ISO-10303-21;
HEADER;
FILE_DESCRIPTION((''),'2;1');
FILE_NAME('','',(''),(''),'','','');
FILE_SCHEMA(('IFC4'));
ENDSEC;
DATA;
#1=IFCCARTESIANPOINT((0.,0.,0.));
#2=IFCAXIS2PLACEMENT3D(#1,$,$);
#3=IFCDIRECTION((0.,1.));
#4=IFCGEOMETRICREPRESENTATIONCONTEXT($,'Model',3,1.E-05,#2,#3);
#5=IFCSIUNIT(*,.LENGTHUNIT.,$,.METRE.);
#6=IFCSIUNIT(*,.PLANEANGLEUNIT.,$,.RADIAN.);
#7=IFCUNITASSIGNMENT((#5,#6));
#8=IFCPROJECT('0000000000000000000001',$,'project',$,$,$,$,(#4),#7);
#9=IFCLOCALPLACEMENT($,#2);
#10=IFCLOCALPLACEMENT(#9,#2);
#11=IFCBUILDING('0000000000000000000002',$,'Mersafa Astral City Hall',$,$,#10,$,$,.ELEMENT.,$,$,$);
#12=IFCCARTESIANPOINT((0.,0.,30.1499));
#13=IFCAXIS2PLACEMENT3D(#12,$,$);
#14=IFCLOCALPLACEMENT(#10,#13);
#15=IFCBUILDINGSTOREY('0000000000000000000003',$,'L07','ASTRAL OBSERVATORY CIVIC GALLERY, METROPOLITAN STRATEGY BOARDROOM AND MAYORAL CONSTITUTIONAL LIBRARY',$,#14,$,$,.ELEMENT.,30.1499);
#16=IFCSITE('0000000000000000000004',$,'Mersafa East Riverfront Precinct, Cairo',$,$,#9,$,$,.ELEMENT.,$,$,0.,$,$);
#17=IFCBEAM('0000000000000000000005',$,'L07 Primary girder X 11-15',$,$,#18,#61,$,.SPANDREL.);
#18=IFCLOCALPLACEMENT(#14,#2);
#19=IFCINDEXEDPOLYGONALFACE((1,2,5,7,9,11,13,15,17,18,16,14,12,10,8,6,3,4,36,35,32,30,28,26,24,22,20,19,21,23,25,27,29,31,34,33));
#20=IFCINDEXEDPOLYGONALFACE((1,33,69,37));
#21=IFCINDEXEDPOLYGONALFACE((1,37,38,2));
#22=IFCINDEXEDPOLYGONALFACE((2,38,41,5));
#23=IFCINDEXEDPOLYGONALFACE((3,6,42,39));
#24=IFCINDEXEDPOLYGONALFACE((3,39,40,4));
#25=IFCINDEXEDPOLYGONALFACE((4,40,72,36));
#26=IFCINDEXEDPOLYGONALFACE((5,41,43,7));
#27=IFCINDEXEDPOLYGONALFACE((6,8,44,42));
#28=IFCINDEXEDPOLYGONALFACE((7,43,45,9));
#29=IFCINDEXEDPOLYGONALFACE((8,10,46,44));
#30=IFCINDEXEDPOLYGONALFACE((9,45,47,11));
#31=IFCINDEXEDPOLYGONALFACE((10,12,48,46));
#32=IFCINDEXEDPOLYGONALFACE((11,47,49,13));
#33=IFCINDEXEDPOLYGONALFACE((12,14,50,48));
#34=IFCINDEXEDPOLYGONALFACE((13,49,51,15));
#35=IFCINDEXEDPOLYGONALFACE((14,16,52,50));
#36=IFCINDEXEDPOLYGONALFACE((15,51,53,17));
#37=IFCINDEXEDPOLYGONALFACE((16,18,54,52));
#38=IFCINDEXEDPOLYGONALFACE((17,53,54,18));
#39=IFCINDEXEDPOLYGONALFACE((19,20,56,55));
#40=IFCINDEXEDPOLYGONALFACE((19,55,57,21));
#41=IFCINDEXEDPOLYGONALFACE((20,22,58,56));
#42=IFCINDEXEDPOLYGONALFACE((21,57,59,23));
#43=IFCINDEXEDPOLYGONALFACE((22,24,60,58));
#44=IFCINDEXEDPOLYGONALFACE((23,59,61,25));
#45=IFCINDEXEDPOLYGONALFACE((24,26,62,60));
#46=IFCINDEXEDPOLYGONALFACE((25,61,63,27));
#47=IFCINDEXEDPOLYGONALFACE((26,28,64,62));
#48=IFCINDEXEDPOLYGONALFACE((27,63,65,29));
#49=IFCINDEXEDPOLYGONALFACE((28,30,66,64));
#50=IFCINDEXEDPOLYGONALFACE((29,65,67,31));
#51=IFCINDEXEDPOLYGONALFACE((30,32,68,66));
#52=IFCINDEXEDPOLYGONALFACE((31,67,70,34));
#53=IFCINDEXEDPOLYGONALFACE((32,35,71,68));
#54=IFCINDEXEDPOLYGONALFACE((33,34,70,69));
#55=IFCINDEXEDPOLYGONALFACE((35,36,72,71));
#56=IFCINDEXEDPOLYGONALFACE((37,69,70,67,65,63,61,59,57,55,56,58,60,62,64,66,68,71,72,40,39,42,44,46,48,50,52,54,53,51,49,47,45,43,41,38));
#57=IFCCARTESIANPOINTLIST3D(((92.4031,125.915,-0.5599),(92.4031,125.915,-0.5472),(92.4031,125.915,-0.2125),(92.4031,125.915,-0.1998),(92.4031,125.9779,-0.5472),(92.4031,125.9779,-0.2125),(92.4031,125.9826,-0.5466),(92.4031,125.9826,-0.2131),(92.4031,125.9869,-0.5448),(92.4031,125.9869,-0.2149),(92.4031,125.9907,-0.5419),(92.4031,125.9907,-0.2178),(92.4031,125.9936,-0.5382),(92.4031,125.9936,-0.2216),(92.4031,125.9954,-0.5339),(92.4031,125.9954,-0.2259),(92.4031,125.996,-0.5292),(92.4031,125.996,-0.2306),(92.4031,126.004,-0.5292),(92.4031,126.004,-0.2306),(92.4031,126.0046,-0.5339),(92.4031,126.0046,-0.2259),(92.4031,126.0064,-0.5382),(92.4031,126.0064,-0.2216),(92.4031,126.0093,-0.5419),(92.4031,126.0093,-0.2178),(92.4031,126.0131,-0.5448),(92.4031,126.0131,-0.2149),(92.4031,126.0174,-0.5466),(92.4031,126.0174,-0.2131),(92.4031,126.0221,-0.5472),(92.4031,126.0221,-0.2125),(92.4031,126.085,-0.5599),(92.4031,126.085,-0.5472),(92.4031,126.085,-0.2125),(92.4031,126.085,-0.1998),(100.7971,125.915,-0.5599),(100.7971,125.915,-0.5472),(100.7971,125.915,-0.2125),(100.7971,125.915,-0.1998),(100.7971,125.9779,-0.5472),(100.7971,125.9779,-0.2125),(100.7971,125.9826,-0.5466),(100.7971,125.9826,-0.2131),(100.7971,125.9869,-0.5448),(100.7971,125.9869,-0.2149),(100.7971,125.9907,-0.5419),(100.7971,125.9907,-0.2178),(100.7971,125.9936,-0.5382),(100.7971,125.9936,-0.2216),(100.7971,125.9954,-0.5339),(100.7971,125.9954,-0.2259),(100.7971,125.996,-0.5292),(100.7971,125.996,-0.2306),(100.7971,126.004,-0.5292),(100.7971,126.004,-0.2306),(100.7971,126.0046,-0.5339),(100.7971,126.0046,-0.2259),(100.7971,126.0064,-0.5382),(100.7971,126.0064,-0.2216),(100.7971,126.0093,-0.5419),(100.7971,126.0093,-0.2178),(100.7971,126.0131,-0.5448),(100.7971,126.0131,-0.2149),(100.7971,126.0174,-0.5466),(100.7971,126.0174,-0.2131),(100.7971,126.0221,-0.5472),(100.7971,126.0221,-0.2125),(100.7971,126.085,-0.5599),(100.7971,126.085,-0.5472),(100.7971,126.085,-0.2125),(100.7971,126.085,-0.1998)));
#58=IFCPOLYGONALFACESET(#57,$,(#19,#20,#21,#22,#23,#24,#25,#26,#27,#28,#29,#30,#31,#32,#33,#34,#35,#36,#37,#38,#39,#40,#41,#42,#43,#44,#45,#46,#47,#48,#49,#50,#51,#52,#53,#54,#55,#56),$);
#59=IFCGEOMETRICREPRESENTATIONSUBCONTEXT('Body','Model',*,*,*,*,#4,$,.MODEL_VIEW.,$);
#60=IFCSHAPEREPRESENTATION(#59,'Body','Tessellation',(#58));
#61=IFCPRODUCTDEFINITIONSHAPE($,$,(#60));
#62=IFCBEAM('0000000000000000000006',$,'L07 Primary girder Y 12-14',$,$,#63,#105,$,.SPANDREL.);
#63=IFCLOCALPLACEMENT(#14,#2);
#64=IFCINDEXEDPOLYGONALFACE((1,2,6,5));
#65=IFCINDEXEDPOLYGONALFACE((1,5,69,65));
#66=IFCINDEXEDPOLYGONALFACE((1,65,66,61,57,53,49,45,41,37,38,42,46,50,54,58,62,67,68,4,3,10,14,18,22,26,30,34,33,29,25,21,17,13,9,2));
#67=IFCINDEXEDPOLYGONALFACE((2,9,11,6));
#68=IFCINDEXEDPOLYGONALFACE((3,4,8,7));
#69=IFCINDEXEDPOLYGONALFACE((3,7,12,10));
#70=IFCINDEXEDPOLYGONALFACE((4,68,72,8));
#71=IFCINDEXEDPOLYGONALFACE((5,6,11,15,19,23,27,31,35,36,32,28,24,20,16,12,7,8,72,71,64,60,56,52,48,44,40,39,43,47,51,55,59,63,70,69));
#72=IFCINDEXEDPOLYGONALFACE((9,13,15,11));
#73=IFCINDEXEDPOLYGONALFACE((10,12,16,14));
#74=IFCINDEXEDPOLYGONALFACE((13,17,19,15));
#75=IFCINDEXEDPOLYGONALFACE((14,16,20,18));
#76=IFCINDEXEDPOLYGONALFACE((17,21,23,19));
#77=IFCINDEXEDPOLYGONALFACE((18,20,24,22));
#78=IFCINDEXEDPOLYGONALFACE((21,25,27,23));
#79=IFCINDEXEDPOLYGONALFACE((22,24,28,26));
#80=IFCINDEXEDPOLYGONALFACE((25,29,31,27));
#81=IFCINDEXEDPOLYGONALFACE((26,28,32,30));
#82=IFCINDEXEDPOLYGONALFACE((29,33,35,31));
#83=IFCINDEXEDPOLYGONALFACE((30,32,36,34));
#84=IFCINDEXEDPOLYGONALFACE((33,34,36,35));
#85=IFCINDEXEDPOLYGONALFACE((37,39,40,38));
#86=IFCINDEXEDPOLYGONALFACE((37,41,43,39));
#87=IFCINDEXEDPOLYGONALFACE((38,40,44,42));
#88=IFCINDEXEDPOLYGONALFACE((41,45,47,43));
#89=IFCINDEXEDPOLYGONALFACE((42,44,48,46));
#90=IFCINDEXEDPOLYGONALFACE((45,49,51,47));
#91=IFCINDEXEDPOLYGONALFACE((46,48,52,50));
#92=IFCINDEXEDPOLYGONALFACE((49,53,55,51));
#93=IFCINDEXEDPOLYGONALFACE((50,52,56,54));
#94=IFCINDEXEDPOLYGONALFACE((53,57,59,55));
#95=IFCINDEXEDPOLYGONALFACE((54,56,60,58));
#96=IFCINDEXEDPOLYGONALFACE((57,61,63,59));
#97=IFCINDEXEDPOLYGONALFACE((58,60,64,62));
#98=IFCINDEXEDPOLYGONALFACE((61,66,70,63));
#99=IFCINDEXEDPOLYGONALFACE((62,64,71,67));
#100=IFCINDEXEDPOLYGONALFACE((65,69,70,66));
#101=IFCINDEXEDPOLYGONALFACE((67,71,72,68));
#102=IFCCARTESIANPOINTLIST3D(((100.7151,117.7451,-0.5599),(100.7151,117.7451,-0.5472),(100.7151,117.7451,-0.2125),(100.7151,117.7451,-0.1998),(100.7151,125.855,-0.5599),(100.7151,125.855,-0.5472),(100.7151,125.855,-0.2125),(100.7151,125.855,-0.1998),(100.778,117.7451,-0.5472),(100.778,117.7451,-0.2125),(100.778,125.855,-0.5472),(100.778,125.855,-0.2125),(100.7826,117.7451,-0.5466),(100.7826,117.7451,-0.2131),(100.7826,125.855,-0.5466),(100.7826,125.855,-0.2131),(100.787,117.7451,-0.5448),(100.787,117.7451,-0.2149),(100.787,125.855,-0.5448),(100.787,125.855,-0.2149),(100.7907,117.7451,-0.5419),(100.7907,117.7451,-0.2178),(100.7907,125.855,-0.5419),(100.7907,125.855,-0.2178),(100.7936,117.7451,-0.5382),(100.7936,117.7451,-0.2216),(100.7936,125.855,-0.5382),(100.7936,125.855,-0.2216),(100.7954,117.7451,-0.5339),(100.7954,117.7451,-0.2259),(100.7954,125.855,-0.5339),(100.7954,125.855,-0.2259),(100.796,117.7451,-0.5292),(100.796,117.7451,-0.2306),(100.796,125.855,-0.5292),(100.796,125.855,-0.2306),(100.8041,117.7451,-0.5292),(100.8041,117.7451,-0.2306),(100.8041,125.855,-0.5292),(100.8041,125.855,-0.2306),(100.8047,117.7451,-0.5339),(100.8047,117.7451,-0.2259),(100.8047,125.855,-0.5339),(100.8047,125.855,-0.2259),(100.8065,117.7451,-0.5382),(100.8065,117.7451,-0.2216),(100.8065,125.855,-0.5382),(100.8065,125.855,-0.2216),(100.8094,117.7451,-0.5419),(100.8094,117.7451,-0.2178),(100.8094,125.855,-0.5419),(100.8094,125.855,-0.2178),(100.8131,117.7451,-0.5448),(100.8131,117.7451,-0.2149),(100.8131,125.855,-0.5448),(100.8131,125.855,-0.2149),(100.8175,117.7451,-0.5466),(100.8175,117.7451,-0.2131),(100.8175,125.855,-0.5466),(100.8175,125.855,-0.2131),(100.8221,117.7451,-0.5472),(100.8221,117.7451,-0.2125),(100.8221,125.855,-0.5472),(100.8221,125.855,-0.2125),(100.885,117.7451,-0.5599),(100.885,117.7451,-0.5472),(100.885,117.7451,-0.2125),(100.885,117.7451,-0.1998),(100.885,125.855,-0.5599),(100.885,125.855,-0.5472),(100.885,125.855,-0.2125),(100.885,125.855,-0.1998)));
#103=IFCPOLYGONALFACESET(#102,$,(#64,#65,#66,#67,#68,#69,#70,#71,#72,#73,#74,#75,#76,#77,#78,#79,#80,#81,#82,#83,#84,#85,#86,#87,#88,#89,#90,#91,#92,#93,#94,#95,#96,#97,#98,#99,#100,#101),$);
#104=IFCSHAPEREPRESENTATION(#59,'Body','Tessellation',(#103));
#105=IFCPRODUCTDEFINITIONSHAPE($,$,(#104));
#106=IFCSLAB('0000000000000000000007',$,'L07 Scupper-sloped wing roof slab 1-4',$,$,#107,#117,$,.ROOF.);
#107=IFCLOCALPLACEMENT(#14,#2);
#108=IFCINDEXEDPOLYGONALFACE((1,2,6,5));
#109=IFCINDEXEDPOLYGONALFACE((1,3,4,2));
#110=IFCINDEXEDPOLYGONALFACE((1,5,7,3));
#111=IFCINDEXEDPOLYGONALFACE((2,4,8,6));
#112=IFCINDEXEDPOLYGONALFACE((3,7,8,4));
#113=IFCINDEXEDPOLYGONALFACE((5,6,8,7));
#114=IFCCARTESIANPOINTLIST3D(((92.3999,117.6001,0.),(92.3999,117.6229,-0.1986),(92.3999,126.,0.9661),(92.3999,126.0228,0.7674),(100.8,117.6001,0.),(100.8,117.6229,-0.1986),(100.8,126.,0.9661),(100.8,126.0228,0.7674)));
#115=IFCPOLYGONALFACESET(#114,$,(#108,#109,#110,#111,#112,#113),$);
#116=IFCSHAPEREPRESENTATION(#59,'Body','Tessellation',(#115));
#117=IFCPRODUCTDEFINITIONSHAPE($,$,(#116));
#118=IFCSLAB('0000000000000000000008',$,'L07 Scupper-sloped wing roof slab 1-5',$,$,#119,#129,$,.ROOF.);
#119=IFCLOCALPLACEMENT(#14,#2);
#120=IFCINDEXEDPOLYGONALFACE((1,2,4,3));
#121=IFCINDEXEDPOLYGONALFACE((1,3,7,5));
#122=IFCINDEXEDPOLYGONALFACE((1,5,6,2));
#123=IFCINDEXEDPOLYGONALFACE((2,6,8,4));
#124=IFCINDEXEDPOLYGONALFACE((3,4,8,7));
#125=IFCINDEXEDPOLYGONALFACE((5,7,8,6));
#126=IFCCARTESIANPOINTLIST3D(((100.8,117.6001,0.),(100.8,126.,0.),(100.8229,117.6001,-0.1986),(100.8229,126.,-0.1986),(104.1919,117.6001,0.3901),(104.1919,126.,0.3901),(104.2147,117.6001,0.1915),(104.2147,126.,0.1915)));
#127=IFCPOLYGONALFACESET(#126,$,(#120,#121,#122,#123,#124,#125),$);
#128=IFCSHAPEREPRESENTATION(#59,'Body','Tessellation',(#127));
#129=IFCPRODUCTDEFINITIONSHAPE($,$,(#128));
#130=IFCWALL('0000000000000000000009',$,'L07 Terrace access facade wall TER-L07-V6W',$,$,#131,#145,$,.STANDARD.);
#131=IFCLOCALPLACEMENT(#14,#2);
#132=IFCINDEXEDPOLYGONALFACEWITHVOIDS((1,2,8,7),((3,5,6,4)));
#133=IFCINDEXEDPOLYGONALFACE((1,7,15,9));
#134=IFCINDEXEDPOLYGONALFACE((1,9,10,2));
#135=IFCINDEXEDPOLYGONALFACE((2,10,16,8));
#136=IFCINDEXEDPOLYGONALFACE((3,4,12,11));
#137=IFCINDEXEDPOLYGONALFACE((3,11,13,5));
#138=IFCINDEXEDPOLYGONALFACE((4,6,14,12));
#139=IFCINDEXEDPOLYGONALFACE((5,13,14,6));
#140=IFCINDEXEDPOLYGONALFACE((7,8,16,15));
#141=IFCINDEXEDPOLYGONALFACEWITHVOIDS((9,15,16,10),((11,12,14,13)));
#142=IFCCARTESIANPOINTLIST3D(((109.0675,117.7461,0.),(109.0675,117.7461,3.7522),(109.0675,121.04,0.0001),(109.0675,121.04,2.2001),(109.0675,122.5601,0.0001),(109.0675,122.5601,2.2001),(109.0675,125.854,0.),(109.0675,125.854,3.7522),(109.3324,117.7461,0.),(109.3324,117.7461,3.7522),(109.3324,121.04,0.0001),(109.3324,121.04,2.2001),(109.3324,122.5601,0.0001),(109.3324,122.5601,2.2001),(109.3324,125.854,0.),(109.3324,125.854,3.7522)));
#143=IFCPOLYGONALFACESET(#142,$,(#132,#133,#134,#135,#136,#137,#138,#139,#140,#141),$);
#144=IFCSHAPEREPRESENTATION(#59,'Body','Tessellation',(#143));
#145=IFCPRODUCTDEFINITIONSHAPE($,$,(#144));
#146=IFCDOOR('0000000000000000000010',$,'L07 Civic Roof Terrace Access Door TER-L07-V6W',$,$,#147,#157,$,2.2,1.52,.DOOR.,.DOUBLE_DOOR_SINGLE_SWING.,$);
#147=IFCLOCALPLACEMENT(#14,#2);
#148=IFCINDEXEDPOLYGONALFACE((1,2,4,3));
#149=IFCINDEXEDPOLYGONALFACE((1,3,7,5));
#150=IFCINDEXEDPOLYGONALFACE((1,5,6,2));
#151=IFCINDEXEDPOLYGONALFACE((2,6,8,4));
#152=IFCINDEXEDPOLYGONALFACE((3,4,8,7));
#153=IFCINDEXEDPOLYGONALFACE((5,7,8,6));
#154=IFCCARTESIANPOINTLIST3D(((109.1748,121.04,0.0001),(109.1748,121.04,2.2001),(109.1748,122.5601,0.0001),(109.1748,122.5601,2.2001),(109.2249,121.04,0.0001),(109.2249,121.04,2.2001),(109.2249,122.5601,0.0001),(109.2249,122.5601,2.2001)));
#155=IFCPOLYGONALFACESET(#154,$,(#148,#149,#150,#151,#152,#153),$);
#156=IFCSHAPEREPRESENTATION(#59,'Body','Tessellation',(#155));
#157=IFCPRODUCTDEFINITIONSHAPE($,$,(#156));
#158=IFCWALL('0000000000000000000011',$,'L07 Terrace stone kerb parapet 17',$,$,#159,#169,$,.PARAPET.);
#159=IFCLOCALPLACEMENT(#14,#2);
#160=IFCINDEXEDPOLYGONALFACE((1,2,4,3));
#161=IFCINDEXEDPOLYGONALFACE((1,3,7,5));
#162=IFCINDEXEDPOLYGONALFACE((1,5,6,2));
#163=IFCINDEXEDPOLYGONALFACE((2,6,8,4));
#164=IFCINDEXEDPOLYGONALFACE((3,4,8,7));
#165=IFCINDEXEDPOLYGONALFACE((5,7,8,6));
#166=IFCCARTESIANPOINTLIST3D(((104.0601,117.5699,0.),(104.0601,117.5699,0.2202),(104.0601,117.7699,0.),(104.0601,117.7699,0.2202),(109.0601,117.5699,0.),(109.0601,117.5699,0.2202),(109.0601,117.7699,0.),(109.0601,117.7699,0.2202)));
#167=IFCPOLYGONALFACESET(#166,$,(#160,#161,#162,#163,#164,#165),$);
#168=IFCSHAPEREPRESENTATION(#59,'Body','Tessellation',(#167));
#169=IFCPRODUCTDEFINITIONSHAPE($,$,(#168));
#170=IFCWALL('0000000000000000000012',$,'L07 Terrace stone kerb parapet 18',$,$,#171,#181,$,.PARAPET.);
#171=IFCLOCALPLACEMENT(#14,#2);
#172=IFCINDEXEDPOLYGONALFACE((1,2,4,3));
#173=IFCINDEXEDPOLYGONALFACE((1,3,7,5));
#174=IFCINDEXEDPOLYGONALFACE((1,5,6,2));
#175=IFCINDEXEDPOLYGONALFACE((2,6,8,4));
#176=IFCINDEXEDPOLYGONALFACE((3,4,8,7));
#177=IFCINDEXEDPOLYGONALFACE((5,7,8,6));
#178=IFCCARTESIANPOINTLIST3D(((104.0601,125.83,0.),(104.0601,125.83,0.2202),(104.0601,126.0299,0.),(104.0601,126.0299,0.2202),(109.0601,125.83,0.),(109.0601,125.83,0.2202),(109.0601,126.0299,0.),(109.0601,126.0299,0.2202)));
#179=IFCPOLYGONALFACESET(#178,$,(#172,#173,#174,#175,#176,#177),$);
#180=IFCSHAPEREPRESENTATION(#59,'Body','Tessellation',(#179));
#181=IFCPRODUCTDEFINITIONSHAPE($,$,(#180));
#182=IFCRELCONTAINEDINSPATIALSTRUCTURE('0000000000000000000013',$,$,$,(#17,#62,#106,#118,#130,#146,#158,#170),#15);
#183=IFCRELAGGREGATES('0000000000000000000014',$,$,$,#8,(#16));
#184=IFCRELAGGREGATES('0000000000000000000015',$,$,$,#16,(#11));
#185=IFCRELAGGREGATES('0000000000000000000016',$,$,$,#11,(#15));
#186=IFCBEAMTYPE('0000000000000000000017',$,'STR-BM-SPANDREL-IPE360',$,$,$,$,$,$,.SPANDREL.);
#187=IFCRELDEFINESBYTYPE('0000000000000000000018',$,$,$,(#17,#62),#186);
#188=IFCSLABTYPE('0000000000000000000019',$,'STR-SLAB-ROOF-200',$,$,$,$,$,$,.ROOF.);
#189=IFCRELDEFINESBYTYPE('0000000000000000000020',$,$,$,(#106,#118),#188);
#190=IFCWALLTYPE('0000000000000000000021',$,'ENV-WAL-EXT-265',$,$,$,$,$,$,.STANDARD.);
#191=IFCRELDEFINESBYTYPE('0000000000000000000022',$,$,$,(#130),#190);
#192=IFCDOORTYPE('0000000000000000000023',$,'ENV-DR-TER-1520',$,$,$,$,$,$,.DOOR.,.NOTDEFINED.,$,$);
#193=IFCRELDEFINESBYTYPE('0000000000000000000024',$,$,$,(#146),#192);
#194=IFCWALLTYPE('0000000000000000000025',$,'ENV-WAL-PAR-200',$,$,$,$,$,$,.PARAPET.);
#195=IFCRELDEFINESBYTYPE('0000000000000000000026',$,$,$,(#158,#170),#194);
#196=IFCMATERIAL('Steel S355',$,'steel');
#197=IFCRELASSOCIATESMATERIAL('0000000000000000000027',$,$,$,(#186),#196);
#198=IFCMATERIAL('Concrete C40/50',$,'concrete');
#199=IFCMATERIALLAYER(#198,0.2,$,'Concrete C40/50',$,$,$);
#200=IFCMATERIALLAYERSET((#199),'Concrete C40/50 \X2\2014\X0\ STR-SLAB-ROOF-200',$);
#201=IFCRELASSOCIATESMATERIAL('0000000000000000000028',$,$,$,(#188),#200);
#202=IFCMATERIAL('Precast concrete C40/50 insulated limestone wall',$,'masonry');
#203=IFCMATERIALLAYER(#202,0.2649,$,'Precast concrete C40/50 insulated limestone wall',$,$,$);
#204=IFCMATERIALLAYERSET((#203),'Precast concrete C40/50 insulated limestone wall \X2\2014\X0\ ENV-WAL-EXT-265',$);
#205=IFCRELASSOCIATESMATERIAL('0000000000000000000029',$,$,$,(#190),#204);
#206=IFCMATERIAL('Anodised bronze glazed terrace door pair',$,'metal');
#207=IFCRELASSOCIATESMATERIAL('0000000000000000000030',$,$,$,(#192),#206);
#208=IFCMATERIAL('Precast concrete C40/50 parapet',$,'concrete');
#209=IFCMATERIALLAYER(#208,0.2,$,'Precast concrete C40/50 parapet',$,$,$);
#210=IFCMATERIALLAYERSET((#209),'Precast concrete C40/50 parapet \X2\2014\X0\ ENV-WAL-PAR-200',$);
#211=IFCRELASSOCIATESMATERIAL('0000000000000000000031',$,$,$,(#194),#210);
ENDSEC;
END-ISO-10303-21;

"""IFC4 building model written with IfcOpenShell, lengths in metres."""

from ifc_helpers import new_model, si_unit, direction, frame, frame_2d, origin, origin_2d, place, context, subcontext, project, spatial, polyline, rectangle, i_section, outline, extrude, material, layer, layer_set, material_profile, profile_set, type_object, element, fill, save


model = new_model("IFC4")

# Units and contexts
model_context = context("Model", 3, precision=1e-05, world=origin(), true_north=direction((0.0, 1.0)))
body_context = subcontext(model_context, "Body", "Model", "MODEL_VIEW")
ifc_project = project(units=[si_unit("LENGTHUNIT", "METRE"), si_unit("PLANEANGLEUNIT", "RADIAN")], contexts=[model_context])

# Site, building, storey
site_placement = place(None, origin())
site = spatial("IfcSite", under=ifc_project, at=site_placement, Name="Mersafa East Riverfront Precinct, Cairo", CompositionType="ELEMENT", RefElevation=0.0)
building_placement = place(site_placement, origin())
building = spatial("IfcBuilding", under=site, at=building_placement, Name="Mersafa Astral City Hall", CompositionType="ELEMENT")
storey_placement = place(building_placement, frame((0.0, 0.0, 30.1499)))
storey = spatial("IfcBuildingStorey", under=building, at=storey_placement, Name="L07", Description="ASTRAL OBSERVATORY CIVIC GALLERY, METROPOLITAN STRATEGY BOARDROOM AND MAYORAL CONSTITUTIONAL LIBRARY", CompositionType="ELEMENT", Elevation=30.1499)

# Shared definitions
ifc_material_1 = material(Name="Steel S355", Category="steel")

# Beams
ifc_material_profile_1 = material_profile(ifc_material_1, i_section(OverallWidth=0.1699, OverallDepth=0.3601, WebThickness=0.0081, FlangeThickness=0.0127, FilletRadius=0.0181, at=origin_2d()), Name="IPE 360")
ifc_profile_set_1 = profile_set([ifc_material_profile_1], Name="Steel S355")
beam_type_1 = type_object("IfcBeamType", Name="STR-BM-SPANDREL-IPE360", PredefinedType="SPANDREL", material=ifc_profile_set_1)
for number, where, z_axis, x_axis, name in (
    (1, (92.4031, 126.0, -0.3799), (1.0, 0.0, 0.0), (0.0, 1.0, 0.0), "L07 Primary girder X 11-15"),
):
    element("IfcBeam", number, at=place(storey_placement, frame(where, z_axis=z_axis, x_axis=x_axis)), inside=storey, type_object=beam_type_1, Name=name, PredefinedType="SPANDREL", context=body_context, shape_type="SweptSolid", body=[
        extrude(i_section(OverallWidth=0.1699, OverallDepth=0.3601, WebThickness=0.0081, FlangeThickness=0.0127, FilletRadius=0.0181, at=origin_2d()), origin(), (0.0, 0.0, 1.0), 8.394),
    ])
beam_1_placement = place(storey_placement, frame((100.8, 117.7451, -0.3799), z_axis=(0.0, 1.0, 0.0), x_axis=(-1.0, 0.0, 0.0)))
element("IfcBeam", 2, at=beam_1_placement, inside=storey, type_object=beam_type_1, Name="L07 Primary girder Y 12-14", PredefinedType="SPANDREL", context=body_context, shape_type="SweptSolid", body=[
    extrude(i_section(OverallWidth=0.1699, OverallDepth=0.3601, WebThickness=0.0081, FlangeThickness=0.0127, FilletRadius=0.0181, at=origin_2d()), origin(), (0.0, 0.0, 1.0), 8.1099),
])

# Slabs
ifc_material_2 = material(Name="Concrete C40/50", Category="concrete")
ifc_layer_1 = layer(ifc_material_2, 0.2, Name="Concrete C40/50")
ifc_layer_set_1 = layer_set([ifc_layer_1], Name="Concrete C40/50 — STR-SLAB-ROOF-200")
slab_type = type_object("IfcSlabType", Name="STR-SLAB-ROOF-200", PredefinedType="ROOF", material=ifc_layer_set_1)
slab_1_placement = place(storey_placement, frame((92.3999, 117.6001, 0.0), z_axis=(0.0, -0.114256, 0.993451), x_axis=(1.0, 0.0, 0.0)))
element("IfcSlab", 3, at=slab_1_placement, inside=storey, type_object=slab_type, Name="L07 Scupper-sloped wing roof slab 1-4", PredefinedType="ROOF", context=body_context, shape_type="SweptSolid", body=[
    extrude(outline(polyline([(0.0, 0.0), (8.4001, 0.0), (8.4001, 8.4553), (0.0, 8.4553), (0.0, 0.0)])), origin(), (0.0, 0.0, -1.0), 0.2),
])
slab_2_placement = place(storey_placement, frame((104.1919, 126.0, 0.3901), z_axis=(-0.114269, 0.0, 0.99345), x_axis=(-0.99345, 0.0, -0.114269)))
element("IfcSlab", 4, at=slab_2_placement, inside=storey, type_object=slab_type, Name="L07 Scupper-sloped wing roof slab 1-5", PredefinedType="ROOF", context=body_context, shape_type="SweptSolid", body=[
    extrude(outline(polyline([(0.0, 0.0), (3.4142, 0.0), (3.4142, 8.3999), (0.0, 8.3999), (0.0, 0.0)])), origin(), (0.0, 0.0, -1.0), 0.2),
])

# Wall, opening, door
ifc_material_3 = material(Name="Precast concrete C40/50 insulated limestone wall", Category="masonry")
ifc_layer_2 = layer(ifc_material_3, 0.2649, Name="Precast concrete C40/50 insulated limestone wall")
ifc_layer_set_2 = layer_set([ifc_layer_2], Name="Precast concrete C40/50 insulated limestone wall — ENV-WAL-EXT-265")
wall_type_1 = type_object("IfcWallType", Name="ENV-WAL-EXT-265", PredefinedType="STANDARD", material=ifc_layer_set_2)
wall_1_placement = place(storey_placement, frame((109.2, 125.854, 0.0), z_axis=(0.0, 0.0, 1.0), x_axis=(0.0, -1.0, 0.0)))
wall_1 = element("IfcWall", 5, at=wall_1_placement, inside=storey, type_object=wall_type_1, Name="L07 Terrace access facade wall TER-L07-V6W", PredefinedType="STANDARD", context=body_context, shape_type="SweptSolid", body=[
    extrude(rectangle(XDim=8.1079, YDim=0.2649, at=frame_2d((4.054, 0.0))), origin(), (0.0, 0.0, 1.0), 3.7522),
])
opening_placement = place(wall_1_placement, frame((3.2939, 0.0, 0.0)))
opening = element("IfcOpeningElement", 6, at=opening_placement, cuts=wall_1, PredefinedType="OPENING", context=body_context, shape_type="SweptSolid", body=[
    extrude(rectangle(XDim=1.52, YDim=2.2, at=frame_2d((0.76, 1.1001))), frame((0.0, 0.1423, 0.0), z_axis=(0.0, -1.0, 0.0), x_axis=(1.0, 0.0, 0.0)), (0.0, 0.0, 1.0), 0.2849),
])
ifc_material_4 = material(Name="Anodised bronze glazed terrace door pair", Category="metal")
door_type = type_object("IfcDoorType", Name="ENV-DR-TER-1520", OperationType="NOTDEFINED", PredefinedType="DOOR", material=ifc_material_4)
door_placement = place(opening_placement, origin())
door = element("IfcDoor", 7, at=door_placement, inside=storey, type_object=door_type, Name="L07 Civic Roof Terrace Access Door TER-L07-V6W", OperationType="DOUBLE_DOOR_SINGLE_SWING", OverallHeight=2.2, OverallWidth=1.52, PredefinedType="DOOR", context=body_context, shape_type="SweptSolid", body=[
    extrude(rectangle(XDim=1.52, YDim=2.2, at=frame_2d((0.76, 1.1001))), frame((0.0, 0.0249, 0.0), z_axis=(0.0, -1.0, 0.0), x_axis=(1.0, 0.0, 0.0)), (0.0, 0.0, 1.0), 0.05),
])
fill(opening, door)

# Walls
ifc_material_5 = material(Name="Precast concrete C40/50 parapet", Category="concrete")
ifc_layer_3 = layer(ifc_material_5, 0.2, Name="Precast concrete C40/50 parapet")
ifc_layer_set_3 = layer_set([ifc_layer_3], Name="Precast concrete C40/50 parapet — ENV-WAL-PAR-200")
wall_type_2 = type_object("IfcWallType", Name="ENV-WAL-PAR-200", PredefinedType="PARAPET", material=ifc_layer_set_3)
for number, where, z_axis, x_axis, name in (
    (8, (104.0601, 117.6699, 0.0), (0.0, 0.0, 1.0), (1.0, 0.0, 0.0), "L07 Terrace stone kerb parapet 17"),
    (9, (109.0601, 125.9299, 0.0), (0.0, 0.0, 1.0), (-1.0, 0.0, 0.0), "L07 Terrace stone kerb parapet 18"),
):
    element("IfcWall", number, at=place(storey_placement, frame(where, z_axis=z_axis, x_axis=x_axis)), inside=storey, type_object=wall_type_2, Name=name, PredefinedType="PARAPET", context=body_context, shape_type="SweptSolid", body=[
        extrude(rectangle(XDim=5.0, YDim=0.2, at=frame_2d((2.5, 0.0))), origin(), (0.0, 0.0, 1.0), 0.2202),
    ])

save(model, "model.ifc")
